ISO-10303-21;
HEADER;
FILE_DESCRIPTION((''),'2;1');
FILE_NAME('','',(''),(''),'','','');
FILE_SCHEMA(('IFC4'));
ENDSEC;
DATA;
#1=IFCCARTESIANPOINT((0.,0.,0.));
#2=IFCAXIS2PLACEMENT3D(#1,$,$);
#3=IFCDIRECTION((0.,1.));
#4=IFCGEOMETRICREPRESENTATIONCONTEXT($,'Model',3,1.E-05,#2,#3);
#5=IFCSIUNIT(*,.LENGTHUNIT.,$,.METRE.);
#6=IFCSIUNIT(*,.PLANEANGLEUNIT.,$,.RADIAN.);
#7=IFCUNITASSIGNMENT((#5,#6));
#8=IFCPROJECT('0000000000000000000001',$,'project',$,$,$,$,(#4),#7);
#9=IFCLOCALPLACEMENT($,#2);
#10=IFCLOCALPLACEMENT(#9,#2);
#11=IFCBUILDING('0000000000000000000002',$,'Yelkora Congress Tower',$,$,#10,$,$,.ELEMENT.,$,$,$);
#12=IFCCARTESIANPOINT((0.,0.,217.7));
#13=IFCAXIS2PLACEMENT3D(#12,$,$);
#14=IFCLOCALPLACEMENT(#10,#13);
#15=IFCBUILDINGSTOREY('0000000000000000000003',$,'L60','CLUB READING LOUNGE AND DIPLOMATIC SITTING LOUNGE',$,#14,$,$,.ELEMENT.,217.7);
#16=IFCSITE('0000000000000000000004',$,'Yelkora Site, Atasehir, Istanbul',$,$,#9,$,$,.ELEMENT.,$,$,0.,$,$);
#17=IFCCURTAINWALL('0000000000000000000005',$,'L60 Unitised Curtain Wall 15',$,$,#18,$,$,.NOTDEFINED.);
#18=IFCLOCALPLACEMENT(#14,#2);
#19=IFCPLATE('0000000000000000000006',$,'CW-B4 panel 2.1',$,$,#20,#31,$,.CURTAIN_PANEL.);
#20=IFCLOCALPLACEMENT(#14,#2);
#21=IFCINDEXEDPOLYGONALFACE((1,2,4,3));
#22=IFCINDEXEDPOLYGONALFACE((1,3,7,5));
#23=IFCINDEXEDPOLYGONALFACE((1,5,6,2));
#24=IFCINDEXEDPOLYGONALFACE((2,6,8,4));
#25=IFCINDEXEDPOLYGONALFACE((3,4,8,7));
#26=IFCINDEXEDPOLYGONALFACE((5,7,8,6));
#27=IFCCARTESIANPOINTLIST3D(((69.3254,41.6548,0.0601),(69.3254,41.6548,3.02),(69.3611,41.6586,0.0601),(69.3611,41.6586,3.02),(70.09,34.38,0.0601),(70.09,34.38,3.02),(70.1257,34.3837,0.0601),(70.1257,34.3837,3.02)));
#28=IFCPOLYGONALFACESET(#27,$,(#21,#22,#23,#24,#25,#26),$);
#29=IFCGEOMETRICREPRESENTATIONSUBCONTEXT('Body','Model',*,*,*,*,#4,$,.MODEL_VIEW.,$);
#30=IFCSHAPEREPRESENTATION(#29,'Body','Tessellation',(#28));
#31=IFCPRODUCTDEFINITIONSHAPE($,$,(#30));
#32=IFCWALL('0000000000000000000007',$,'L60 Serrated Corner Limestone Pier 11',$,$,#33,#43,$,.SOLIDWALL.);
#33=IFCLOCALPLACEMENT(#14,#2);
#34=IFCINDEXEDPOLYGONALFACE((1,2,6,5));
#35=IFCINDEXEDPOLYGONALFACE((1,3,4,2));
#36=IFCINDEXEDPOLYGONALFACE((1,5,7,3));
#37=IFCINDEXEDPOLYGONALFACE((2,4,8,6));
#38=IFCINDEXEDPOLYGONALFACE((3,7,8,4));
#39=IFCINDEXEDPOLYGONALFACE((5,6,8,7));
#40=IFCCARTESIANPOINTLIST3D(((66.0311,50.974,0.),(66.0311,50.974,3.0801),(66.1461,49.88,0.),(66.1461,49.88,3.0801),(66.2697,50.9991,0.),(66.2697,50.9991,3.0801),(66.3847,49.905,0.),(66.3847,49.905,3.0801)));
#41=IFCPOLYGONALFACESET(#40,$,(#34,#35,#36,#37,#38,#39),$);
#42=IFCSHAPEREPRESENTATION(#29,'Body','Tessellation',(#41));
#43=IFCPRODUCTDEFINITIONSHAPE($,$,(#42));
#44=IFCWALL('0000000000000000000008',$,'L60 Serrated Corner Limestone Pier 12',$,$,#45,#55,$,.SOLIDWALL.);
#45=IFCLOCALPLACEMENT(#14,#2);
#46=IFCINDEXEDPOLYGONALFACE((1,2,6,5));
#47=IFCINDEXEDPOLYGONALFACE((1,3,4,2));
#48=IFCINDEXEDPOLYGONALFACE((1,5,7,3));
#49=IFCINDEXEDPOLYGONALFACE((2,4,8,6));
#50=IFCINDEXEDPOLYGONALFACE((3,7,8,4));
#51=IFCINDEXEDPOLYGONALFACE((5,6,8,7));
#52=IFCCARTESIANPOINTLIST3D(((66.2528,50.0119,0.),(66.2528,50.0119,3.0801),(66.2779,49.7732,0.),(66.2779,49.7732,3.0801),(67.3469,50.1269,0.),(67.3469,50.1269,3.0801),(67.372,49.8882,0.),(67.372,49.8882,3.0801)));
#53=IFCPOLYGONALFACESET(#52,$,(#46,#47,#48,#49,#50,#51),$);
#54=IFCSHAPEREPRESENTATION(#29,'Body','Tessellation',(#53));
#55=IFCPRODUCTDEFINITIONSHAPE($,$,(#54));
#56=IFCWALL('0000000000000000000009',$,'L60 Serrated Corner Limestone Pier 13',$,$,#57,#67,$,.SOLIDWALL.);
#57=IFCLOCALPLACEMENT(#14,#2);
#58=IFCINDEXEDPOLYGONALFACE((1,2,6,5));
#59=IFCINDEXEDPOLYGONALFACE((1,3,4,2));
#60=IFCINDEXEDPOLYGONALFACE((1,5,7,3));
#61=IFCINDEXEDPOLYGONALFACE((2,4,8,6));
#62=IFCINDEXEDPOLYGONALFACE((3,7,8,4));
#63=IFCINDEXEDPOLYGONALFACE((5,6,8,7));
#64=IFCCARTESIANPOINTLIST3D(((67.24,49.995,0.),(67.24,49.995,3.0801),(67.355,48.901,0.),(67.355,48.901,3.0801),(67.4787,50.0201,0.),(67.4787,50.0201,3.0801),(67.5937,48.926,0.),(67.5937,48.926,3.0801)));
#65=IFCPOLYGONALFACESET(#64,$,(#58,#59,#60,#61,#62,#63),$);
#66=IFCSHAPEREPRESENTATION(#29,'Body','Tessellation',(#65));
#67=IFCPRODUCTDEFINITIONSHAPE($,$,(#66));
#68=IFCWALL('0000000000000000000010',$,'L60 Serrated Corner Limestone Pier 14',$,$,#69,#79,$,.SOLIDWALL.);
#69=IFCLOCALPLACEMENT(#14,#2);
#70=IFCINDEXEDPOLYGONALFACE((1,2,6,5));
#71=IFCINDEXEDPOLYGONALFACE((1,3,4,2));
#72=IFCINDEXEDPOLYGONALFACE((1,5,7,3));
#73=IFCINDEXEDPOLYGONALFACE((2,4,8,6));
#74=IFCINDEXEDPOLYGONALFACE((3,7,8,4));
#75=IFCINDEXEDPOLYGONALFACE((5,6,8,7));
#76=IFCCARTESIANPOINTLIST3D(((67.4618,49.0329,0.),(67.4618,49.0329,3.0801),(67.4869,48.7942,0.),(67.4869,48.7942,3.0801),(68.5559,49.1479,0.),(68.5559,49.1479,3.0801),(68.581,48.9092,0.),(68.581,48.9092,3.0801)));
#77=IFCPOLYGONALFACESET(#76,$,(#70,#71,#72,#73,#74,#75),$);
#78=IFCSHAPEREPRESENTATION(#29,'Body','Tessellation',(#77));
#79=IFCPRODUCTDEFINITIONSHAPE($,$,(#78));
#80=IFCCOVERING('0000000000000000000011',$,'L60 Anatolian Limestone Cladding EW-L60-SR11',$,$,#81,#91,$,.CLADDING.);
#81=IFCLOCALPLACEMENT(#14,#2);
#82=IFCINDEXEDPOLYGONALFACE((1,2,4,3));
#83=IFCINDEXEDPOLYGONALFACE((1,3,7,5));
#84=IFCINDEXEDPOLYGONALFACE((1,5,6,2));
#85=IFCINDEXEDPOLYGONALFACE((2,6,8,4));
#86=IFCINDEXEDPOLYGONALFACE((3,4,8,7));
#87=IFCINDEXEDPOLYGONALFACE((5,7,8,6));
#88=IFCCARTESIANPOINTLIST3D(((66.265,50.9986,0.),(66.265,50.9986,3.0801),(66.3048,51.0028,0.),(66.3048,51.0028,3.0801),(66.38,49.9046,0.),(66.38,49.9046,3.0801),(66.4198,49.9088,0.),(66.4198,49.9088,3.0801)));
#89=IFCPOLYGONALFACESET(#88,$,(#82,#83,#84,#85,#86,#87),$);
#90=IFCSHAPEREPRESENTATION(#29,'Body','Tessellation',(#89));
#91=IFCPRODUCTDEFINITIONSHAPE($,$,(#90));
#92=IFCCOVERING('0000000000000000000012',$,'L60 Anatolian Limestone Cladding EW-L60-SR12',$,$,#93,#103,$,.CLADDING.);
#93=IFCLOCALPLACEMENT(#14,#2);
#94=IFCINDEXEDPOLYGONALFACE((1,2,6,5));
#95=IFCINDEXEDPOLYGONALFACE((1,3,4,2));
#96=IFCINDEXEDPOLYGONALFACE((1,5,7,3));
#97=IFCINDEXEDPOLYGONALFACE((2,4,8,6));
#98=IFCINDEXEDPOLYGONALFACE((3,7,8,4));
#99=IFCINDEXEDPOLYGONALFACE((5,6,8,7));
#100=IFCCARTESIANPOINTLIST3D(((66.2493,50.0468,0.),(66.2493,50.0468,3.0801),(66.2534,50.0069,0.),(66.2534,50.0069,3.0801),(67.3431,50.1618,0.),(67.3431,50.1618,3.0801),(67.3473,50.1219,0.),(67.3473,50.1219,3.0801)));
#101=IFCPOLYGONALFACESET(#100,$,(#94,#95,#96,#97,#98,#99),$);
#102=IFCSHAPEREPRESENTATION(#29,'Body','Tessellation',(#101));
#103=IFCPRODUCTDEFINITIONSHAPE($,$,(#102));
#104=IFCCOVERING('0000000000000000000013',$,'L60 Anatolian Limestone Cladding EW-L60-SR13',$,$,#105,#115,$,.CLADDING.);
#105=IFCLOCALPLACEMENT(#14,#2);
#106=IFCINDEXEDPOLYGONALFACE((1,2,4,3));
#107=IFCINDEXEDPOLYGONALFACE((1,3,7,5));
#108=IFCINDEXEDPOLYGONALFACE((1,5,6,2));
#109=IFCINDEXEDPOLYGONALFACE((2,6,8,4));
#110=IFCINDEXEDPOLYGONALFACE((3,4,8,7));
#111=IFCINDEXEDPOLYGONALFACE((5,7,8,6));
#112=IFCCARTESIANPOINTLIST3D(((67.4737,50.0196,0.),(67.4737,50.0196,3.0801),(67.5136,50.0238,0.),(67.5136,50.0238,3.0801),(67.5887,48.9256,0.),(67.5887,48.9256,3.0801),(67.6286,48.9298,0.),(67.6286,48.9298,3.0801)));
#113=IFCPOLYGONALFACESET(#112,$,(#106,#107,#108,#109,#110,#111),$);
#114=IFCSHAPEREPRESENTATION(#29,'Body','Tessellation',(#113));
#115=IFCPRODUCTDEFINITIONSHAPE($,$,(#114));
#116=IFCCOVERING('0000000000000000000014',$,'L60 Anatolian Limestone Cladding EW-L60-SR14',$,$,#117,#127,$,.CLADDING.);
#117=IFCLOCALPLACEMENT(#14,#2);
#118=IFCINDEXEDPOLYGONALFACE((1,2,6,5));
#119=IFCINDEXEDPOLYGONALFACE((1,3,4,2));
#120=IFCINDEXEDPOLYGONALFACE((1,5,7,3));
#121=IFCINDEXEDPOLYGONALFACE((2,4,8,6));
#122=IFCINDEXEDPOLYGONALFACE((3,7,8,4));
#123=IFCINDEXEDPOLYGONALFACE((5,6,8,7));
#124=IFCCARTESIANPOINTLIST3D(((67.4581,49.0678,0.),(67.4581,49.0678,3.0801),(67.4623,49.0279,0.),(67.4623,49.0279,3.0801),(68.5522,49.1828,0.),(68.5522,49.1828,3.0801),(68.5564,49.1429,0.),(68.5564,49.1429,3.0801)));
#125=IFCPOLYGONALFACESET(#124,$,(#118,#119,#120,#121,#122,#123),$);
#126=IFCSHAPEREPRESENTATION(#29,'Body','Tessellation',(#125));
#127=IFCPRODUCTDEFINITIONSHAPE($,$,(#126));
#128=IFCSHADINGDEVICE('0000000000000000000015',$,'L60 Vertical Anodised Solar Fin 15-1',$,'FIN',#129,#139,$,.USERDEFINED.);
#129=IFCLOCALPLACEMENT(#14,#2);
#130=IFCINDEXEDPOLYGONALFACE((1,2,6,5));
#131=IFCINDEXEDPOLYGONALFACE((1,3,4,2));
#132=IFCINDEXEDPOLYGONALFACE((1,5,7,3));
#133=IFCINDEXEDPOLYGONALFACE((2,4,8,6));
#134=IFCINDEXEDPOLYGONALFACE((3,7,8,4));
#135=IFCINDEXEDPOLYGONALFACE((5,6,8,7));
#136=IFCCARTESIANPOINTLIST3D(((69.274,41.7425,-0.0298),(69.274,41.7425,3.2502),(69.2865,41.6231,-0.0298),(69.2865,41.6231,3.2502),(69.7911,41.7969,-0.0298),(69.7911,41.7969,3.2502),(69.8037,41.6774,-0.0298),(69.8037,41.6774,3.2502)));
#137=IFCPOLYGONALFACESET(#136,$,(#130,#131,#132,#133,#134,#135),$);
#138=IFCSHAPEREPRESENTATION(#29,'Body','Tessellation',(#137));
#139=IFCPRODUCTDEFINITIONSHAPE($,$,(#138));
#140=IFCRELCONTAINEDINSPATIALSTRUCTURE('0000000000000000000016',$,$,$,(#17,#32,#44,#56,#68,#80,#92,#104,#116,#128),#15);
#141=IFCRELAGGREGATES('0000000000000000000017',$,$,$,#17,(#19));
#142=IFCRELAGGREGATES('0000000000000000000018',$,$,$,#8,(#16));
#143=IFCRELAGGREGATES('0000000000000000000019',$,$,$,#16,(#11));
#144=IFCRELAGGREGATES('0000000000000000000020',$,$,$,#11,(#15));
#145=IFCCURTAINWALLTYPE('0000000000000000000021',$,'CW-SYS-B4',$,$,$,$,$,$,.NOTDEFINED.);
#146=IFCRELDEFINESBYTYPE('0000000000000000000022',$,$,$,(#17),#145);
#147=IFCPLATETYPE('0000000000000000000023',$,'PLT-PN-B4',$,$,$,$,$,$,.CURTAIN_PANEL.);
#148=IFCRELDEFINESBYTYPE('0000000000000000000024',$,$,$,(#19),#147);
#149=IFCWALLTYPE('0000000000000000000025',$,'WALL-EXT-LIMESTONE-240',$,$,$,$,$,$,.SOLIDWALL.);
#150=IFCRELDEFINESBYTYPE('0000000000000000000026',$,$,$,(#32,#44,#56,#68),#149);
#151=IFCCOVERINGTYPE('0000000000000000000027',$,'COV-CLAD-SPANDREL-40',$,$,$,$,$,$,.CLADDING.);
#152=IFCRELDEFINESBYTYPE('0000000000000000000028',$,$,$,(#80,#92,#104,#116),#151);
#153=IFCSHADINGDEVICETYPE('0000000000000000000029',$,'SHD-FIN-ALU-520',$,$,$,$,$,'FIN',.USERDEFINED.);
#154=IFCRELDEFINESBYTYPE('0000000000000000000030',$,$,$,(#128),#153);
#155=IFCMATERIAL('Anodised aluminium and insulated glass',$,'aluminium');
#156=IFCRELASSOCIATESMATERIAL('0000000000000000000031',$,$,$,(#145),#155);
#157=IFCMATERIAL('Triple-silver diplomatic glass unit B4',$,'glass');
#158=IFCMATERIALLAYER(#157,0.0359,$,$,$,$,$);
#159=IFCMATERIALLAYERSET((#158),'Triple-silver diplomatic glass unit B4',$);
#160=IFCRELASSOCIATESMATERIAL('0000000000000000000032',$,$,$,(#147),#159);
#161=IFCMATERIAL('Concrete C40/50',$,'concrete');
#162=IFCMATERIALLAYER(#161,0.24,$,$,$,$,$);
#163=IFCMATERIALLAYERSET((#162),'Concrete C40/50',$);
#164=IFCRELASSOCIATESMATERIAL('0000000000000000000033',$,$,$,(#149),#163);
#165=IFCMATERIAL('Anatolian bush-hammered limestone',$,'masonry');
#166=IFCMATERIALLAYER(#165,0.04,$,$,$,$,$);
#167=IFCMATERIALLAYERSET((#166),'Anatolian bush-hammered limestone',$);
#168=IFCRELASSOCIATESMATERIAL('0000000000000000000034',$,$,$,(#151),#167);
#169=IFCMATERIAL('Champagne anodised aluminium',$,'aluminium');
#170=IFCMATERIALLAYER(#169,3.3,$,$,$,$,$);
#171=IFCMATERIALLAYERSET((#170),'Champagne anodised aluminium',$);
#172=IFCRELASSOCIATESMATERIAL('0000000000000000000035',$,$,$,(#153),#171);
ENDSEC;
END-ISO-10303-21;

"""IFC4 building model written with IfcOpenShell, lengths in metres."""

from ifc_helpers import new_model, si_unit, direction, frame, frame_2d, origin, origin_2d, place, context, subcontext, project, spatial, rectangle, extrude, material, layer, layer_set, type_object, element, aggregate, save


model = new_model("IFC4")

# Units and contexts
model_context = context("Model", 3, precision=1e-05, world=origin(), true_north=direction((0.0, 1.0)))
body_context = subcontext(model_context, "Body", "Model", "MODEL_VIEW")
ifc_project = project(units=[si_unit("LENGTHUNIT", "METRE"), si_unit("PLANEANGLEUNIT", "RADIAN")], contexts=[model_context])

# Site, building, storey
site_placement = place(None, origin())
site = spatial("IfcSite", under=ifc_project, at=site_placement, Name="Yelkora Site, Atasehir, Istanbul", CompositionType="ELEMENT", RefElevation=0.0)
building_placement = place(site_placement, origin())
building = spatial("IfcBuilding", under=site, at=building_placement, Name="Yelkora Congress Tower", CompositionType="ELEMENT")
storey_placement = place(building_placement, frame((0.0, 0.0, 217.7)))
storey = spatial("IfcBuildingStorey", under=building, at=storey_placement, Name="L60", Description="CLUB READING LOUNGE AND DIPLOMATIC SITTING LOUNGE", CompositionType="ELEMENT", Elevation=217.7)

# Shared definitions
ifc_material_1 = material(Name="Anodised aluminium and insulated glass", Category="aluminium")
curtain_wall_type = type_object("IfcCurtainWallType", Name="CW-SYS-B4", PredefinedType="NOTDEFINED", material=ifc_material_1)

# Curtain wall, plate
curtain_wall_1_placement = place(storey_placement, origin())
curtain_wall_1 = element("IfcCurtainWall", 1, at=curtain_wall_1_placement, inside=storey, type_object=curtain_wall_type, Name="L60 Unitised Curtain Wall 15", PredefinedType="NOTDEFINED")
ifc_material_2 = material(Name="Triple-silver diplomatic glass unit B4", Category="glass")
ifc_layer_1 = layer(ifc_material_2, 0.0359)
ifc_layer_set_1 = layer_set([ifc_layer_1], Name="Triple-silver diplomatic glass unit B4")
plate_type = type_object("IfcPlateType", Name="PLT-PN-B4", PredefinedType="CURTAIN_PANEL", material=ifc_layer_set_1)
plate_1_placement = place(storey_placement, frame((69.7256, 38.0193, 0.0601), z_axis=(0.0, 0.0, 1.0), x_axis=(0.104526, -0.994522, 0.0)))
plate_1 = element("IfcPlate", 2, at=plate_1_placement, type_object=plate_type, Name="CW-B4 panel 2.1", PredefinedType="CURTAIN_PANEL", context=body_context, shape_type="SweptSolid", body=[
    extrude(rectangle(XDim=7.3149, YDim=0.0359, at=origin_2d()), origin(), (0.0, 0.0, 1.0), 2.96),
])
aggregate(curtain_wall_1, [plate_1])

# Walls
ifc_material_3 = material(Name="Concrete C40/50", Category="concrete")
ifc_layer_2 = layer(ifc_material_3, 0.24)
ifc_layer_set_2 = layer_set([ifc_layer_2], Name="Concrete C40/50")
wall_type = type_object("IfcWallType", Name="WALL-EXT-LIMESTONE-240", PredefinedType="SOLIDWALL", material=ifc_layer_set_2)
for number, where, z_axis, x_axis, name in (
    (3, (66.1504, 50.9866, 0.0), (0.0, 0.0, 1.0), (0.104535, -0.994521, 0.0), "L60 Serrated Corner Limestone Pier 11"),
    (4, (66.2654, 49.8926, 0.0), (0.0, 0.0, 1.0), (0.994521, 0.104535, 0.0), "L60 Serrated Corner Limestone Pier 12"),
    (5, (67.3594, 50.0076, 0.0), (0.0, 0.0, 1.0), (0.104535, -0.994521, 0.0), "L60 Serrated Corner Limestone Pier 13"),
    (6, (67.4744, 48.9136, 0.0), (0.0, 0.0, 1.0), (0.994521, 0.104535, 0.0), "L60 Serrated Corner Limestone Pier 14"),
):
    element("IfcWall", number, at=place(storey_placement, frame(where, z_axis=z_axis, x_axis=x_axis)), inside=storey, type_object=wall_type, Name=name, PredefinedType="SOLIDWALL", context=body_context, shape_type="SweptSolid", body=[
        extrude(rectangle(XDim=1.1001, YDim=0.24, at=frame_2d((0.55, 0.0))), origin(), (0.0, 0.0, 1.0), 3.0801),
    ])

# Coverings
ifc_material_4 = material(Name="Anatolian bush-hammered limestone", Category="masonry")
ifc_layer_3 = layer(ifc_material_4, 0.04)
ifc_layer_set_3 = layer_set([ifc_layer_3], Name="Anatolian bush-hammered limestone")
covering_type = type_object("IfcCoveringType", Name="COV-CLAD-SPANDREL-40", PredefinedType="CLADDING", material=ifc_layer_set_3)
covering_1_placement = place(storey_placement, frame((66.2849, 51.0007, 0.0), z_axis=(0.0, 0.0, 1.0), x_axis=(0.104535, -0.994521, 0.0)))
element("IfcCovering", 7, at=covering_1_placement, inside=storey, type_object=covering_type, Name="L60 Anatolian Limestone Cladding EW-L60-SR11", PredefinedType="CLADDING", context=body_context, shape_type="SweptSolid", body=[
    extrude(rectangle(XDim=1.1001, YDim=0.04, at=frame_2d((0.55, 0.0))), origin(), (0.0, 0.0, 1.0), 3.0801),
])
covering_2_placement = place(storey_placement, frame((66.2515, 50.0269, 0.0), z_axis=(0.0, 0.0, 1.0), x_axis=(0.994519, 0.104558, 0.0)))
element("IfcCovering", 8, at=covering_2_placement, inside=storey, type_object=covering_type, Name="L60 Anatolian Limestone Cladding EW-L60-SR12", PredefinedType="CLADDING", context=body_context, shape_type="SweptSolid", body=[
    extrude(rectangle(XDim=1.0999, YDim=0.04, at=frame_2d((0.5498, 0.0))), origin(), (0.0, 0.0, 1.0), 3.0801),
])
for number, where, z_axis, x_axis, name in (
    (9, (67.4937, 50.0217, 0.0), (0.0, 0.0, 1.0), (0.104535, -0.994521, 0.0), "L60 Anatolian Limestone Cladding EW-L60-SR13"),
    (10, (67.4602, 49.0479, 0.0), (0.0, 0.0, 1.0), (0.994521, 0.104535, 0.0), "L60 Anatolian Limestone Cladding EW-L60-SR14"),
):
    element("IfcCovering", number, at=place(storey_placement, frame(where, z_axis=z_axis, x_axis=x_axis)), inside=storey, type_object=covering_type, Name=name, PredefinedType="CLADDING", context=body_context, shape_type="SweptSolid", body=[
        extrude(rectangle(XDim=1.1001, YDim=0.04, at=frame_2d((0.55, 0.0))), origin(), (0.0, 0.0, 1.0), 3.0801),
    ])

# Shading device
ifc_material_5 = material(Name="Champagne anodised aluminium", Category="aluminium")
ifc_layer_4 = layer(ifc_material_5, 3.3)
ifc_layer_set_4 = layer_set([ifc_layer_4], Name="Champagne anodised aluminium")
shading_device_type = type_object("IfcShadingDeviceType", Name="SHD-FIN-ALU-520", ElementType="FIN", PredefinedType="USERDEFINED", material=ifc_layer_set_4)
shading_device_placement = place(storey_placement, frame((69.5388, 41.71, -0.0298), z_axis=(0.0, 0.0, 1.0), x_axis=(0.104528, -0.994522, 0.0)))
element("IfcShadingDevice", 11, at=shading_device_placement, inside=storey, type_object=shading_device_type, Name="L60 Vertical Anodised Solar Fin 15-1", ObjectType="FIN", PredefinedType="USERDEFINED", context=body_context, shape_type="SweptSolid", body=[
    extrude(rectangle(XDim=0.1201, YDim=0.52, at=origin_2d()), origin(), (0.0, 0.0, 1.0), 3.28),
])

save(model, "model.ifc")
